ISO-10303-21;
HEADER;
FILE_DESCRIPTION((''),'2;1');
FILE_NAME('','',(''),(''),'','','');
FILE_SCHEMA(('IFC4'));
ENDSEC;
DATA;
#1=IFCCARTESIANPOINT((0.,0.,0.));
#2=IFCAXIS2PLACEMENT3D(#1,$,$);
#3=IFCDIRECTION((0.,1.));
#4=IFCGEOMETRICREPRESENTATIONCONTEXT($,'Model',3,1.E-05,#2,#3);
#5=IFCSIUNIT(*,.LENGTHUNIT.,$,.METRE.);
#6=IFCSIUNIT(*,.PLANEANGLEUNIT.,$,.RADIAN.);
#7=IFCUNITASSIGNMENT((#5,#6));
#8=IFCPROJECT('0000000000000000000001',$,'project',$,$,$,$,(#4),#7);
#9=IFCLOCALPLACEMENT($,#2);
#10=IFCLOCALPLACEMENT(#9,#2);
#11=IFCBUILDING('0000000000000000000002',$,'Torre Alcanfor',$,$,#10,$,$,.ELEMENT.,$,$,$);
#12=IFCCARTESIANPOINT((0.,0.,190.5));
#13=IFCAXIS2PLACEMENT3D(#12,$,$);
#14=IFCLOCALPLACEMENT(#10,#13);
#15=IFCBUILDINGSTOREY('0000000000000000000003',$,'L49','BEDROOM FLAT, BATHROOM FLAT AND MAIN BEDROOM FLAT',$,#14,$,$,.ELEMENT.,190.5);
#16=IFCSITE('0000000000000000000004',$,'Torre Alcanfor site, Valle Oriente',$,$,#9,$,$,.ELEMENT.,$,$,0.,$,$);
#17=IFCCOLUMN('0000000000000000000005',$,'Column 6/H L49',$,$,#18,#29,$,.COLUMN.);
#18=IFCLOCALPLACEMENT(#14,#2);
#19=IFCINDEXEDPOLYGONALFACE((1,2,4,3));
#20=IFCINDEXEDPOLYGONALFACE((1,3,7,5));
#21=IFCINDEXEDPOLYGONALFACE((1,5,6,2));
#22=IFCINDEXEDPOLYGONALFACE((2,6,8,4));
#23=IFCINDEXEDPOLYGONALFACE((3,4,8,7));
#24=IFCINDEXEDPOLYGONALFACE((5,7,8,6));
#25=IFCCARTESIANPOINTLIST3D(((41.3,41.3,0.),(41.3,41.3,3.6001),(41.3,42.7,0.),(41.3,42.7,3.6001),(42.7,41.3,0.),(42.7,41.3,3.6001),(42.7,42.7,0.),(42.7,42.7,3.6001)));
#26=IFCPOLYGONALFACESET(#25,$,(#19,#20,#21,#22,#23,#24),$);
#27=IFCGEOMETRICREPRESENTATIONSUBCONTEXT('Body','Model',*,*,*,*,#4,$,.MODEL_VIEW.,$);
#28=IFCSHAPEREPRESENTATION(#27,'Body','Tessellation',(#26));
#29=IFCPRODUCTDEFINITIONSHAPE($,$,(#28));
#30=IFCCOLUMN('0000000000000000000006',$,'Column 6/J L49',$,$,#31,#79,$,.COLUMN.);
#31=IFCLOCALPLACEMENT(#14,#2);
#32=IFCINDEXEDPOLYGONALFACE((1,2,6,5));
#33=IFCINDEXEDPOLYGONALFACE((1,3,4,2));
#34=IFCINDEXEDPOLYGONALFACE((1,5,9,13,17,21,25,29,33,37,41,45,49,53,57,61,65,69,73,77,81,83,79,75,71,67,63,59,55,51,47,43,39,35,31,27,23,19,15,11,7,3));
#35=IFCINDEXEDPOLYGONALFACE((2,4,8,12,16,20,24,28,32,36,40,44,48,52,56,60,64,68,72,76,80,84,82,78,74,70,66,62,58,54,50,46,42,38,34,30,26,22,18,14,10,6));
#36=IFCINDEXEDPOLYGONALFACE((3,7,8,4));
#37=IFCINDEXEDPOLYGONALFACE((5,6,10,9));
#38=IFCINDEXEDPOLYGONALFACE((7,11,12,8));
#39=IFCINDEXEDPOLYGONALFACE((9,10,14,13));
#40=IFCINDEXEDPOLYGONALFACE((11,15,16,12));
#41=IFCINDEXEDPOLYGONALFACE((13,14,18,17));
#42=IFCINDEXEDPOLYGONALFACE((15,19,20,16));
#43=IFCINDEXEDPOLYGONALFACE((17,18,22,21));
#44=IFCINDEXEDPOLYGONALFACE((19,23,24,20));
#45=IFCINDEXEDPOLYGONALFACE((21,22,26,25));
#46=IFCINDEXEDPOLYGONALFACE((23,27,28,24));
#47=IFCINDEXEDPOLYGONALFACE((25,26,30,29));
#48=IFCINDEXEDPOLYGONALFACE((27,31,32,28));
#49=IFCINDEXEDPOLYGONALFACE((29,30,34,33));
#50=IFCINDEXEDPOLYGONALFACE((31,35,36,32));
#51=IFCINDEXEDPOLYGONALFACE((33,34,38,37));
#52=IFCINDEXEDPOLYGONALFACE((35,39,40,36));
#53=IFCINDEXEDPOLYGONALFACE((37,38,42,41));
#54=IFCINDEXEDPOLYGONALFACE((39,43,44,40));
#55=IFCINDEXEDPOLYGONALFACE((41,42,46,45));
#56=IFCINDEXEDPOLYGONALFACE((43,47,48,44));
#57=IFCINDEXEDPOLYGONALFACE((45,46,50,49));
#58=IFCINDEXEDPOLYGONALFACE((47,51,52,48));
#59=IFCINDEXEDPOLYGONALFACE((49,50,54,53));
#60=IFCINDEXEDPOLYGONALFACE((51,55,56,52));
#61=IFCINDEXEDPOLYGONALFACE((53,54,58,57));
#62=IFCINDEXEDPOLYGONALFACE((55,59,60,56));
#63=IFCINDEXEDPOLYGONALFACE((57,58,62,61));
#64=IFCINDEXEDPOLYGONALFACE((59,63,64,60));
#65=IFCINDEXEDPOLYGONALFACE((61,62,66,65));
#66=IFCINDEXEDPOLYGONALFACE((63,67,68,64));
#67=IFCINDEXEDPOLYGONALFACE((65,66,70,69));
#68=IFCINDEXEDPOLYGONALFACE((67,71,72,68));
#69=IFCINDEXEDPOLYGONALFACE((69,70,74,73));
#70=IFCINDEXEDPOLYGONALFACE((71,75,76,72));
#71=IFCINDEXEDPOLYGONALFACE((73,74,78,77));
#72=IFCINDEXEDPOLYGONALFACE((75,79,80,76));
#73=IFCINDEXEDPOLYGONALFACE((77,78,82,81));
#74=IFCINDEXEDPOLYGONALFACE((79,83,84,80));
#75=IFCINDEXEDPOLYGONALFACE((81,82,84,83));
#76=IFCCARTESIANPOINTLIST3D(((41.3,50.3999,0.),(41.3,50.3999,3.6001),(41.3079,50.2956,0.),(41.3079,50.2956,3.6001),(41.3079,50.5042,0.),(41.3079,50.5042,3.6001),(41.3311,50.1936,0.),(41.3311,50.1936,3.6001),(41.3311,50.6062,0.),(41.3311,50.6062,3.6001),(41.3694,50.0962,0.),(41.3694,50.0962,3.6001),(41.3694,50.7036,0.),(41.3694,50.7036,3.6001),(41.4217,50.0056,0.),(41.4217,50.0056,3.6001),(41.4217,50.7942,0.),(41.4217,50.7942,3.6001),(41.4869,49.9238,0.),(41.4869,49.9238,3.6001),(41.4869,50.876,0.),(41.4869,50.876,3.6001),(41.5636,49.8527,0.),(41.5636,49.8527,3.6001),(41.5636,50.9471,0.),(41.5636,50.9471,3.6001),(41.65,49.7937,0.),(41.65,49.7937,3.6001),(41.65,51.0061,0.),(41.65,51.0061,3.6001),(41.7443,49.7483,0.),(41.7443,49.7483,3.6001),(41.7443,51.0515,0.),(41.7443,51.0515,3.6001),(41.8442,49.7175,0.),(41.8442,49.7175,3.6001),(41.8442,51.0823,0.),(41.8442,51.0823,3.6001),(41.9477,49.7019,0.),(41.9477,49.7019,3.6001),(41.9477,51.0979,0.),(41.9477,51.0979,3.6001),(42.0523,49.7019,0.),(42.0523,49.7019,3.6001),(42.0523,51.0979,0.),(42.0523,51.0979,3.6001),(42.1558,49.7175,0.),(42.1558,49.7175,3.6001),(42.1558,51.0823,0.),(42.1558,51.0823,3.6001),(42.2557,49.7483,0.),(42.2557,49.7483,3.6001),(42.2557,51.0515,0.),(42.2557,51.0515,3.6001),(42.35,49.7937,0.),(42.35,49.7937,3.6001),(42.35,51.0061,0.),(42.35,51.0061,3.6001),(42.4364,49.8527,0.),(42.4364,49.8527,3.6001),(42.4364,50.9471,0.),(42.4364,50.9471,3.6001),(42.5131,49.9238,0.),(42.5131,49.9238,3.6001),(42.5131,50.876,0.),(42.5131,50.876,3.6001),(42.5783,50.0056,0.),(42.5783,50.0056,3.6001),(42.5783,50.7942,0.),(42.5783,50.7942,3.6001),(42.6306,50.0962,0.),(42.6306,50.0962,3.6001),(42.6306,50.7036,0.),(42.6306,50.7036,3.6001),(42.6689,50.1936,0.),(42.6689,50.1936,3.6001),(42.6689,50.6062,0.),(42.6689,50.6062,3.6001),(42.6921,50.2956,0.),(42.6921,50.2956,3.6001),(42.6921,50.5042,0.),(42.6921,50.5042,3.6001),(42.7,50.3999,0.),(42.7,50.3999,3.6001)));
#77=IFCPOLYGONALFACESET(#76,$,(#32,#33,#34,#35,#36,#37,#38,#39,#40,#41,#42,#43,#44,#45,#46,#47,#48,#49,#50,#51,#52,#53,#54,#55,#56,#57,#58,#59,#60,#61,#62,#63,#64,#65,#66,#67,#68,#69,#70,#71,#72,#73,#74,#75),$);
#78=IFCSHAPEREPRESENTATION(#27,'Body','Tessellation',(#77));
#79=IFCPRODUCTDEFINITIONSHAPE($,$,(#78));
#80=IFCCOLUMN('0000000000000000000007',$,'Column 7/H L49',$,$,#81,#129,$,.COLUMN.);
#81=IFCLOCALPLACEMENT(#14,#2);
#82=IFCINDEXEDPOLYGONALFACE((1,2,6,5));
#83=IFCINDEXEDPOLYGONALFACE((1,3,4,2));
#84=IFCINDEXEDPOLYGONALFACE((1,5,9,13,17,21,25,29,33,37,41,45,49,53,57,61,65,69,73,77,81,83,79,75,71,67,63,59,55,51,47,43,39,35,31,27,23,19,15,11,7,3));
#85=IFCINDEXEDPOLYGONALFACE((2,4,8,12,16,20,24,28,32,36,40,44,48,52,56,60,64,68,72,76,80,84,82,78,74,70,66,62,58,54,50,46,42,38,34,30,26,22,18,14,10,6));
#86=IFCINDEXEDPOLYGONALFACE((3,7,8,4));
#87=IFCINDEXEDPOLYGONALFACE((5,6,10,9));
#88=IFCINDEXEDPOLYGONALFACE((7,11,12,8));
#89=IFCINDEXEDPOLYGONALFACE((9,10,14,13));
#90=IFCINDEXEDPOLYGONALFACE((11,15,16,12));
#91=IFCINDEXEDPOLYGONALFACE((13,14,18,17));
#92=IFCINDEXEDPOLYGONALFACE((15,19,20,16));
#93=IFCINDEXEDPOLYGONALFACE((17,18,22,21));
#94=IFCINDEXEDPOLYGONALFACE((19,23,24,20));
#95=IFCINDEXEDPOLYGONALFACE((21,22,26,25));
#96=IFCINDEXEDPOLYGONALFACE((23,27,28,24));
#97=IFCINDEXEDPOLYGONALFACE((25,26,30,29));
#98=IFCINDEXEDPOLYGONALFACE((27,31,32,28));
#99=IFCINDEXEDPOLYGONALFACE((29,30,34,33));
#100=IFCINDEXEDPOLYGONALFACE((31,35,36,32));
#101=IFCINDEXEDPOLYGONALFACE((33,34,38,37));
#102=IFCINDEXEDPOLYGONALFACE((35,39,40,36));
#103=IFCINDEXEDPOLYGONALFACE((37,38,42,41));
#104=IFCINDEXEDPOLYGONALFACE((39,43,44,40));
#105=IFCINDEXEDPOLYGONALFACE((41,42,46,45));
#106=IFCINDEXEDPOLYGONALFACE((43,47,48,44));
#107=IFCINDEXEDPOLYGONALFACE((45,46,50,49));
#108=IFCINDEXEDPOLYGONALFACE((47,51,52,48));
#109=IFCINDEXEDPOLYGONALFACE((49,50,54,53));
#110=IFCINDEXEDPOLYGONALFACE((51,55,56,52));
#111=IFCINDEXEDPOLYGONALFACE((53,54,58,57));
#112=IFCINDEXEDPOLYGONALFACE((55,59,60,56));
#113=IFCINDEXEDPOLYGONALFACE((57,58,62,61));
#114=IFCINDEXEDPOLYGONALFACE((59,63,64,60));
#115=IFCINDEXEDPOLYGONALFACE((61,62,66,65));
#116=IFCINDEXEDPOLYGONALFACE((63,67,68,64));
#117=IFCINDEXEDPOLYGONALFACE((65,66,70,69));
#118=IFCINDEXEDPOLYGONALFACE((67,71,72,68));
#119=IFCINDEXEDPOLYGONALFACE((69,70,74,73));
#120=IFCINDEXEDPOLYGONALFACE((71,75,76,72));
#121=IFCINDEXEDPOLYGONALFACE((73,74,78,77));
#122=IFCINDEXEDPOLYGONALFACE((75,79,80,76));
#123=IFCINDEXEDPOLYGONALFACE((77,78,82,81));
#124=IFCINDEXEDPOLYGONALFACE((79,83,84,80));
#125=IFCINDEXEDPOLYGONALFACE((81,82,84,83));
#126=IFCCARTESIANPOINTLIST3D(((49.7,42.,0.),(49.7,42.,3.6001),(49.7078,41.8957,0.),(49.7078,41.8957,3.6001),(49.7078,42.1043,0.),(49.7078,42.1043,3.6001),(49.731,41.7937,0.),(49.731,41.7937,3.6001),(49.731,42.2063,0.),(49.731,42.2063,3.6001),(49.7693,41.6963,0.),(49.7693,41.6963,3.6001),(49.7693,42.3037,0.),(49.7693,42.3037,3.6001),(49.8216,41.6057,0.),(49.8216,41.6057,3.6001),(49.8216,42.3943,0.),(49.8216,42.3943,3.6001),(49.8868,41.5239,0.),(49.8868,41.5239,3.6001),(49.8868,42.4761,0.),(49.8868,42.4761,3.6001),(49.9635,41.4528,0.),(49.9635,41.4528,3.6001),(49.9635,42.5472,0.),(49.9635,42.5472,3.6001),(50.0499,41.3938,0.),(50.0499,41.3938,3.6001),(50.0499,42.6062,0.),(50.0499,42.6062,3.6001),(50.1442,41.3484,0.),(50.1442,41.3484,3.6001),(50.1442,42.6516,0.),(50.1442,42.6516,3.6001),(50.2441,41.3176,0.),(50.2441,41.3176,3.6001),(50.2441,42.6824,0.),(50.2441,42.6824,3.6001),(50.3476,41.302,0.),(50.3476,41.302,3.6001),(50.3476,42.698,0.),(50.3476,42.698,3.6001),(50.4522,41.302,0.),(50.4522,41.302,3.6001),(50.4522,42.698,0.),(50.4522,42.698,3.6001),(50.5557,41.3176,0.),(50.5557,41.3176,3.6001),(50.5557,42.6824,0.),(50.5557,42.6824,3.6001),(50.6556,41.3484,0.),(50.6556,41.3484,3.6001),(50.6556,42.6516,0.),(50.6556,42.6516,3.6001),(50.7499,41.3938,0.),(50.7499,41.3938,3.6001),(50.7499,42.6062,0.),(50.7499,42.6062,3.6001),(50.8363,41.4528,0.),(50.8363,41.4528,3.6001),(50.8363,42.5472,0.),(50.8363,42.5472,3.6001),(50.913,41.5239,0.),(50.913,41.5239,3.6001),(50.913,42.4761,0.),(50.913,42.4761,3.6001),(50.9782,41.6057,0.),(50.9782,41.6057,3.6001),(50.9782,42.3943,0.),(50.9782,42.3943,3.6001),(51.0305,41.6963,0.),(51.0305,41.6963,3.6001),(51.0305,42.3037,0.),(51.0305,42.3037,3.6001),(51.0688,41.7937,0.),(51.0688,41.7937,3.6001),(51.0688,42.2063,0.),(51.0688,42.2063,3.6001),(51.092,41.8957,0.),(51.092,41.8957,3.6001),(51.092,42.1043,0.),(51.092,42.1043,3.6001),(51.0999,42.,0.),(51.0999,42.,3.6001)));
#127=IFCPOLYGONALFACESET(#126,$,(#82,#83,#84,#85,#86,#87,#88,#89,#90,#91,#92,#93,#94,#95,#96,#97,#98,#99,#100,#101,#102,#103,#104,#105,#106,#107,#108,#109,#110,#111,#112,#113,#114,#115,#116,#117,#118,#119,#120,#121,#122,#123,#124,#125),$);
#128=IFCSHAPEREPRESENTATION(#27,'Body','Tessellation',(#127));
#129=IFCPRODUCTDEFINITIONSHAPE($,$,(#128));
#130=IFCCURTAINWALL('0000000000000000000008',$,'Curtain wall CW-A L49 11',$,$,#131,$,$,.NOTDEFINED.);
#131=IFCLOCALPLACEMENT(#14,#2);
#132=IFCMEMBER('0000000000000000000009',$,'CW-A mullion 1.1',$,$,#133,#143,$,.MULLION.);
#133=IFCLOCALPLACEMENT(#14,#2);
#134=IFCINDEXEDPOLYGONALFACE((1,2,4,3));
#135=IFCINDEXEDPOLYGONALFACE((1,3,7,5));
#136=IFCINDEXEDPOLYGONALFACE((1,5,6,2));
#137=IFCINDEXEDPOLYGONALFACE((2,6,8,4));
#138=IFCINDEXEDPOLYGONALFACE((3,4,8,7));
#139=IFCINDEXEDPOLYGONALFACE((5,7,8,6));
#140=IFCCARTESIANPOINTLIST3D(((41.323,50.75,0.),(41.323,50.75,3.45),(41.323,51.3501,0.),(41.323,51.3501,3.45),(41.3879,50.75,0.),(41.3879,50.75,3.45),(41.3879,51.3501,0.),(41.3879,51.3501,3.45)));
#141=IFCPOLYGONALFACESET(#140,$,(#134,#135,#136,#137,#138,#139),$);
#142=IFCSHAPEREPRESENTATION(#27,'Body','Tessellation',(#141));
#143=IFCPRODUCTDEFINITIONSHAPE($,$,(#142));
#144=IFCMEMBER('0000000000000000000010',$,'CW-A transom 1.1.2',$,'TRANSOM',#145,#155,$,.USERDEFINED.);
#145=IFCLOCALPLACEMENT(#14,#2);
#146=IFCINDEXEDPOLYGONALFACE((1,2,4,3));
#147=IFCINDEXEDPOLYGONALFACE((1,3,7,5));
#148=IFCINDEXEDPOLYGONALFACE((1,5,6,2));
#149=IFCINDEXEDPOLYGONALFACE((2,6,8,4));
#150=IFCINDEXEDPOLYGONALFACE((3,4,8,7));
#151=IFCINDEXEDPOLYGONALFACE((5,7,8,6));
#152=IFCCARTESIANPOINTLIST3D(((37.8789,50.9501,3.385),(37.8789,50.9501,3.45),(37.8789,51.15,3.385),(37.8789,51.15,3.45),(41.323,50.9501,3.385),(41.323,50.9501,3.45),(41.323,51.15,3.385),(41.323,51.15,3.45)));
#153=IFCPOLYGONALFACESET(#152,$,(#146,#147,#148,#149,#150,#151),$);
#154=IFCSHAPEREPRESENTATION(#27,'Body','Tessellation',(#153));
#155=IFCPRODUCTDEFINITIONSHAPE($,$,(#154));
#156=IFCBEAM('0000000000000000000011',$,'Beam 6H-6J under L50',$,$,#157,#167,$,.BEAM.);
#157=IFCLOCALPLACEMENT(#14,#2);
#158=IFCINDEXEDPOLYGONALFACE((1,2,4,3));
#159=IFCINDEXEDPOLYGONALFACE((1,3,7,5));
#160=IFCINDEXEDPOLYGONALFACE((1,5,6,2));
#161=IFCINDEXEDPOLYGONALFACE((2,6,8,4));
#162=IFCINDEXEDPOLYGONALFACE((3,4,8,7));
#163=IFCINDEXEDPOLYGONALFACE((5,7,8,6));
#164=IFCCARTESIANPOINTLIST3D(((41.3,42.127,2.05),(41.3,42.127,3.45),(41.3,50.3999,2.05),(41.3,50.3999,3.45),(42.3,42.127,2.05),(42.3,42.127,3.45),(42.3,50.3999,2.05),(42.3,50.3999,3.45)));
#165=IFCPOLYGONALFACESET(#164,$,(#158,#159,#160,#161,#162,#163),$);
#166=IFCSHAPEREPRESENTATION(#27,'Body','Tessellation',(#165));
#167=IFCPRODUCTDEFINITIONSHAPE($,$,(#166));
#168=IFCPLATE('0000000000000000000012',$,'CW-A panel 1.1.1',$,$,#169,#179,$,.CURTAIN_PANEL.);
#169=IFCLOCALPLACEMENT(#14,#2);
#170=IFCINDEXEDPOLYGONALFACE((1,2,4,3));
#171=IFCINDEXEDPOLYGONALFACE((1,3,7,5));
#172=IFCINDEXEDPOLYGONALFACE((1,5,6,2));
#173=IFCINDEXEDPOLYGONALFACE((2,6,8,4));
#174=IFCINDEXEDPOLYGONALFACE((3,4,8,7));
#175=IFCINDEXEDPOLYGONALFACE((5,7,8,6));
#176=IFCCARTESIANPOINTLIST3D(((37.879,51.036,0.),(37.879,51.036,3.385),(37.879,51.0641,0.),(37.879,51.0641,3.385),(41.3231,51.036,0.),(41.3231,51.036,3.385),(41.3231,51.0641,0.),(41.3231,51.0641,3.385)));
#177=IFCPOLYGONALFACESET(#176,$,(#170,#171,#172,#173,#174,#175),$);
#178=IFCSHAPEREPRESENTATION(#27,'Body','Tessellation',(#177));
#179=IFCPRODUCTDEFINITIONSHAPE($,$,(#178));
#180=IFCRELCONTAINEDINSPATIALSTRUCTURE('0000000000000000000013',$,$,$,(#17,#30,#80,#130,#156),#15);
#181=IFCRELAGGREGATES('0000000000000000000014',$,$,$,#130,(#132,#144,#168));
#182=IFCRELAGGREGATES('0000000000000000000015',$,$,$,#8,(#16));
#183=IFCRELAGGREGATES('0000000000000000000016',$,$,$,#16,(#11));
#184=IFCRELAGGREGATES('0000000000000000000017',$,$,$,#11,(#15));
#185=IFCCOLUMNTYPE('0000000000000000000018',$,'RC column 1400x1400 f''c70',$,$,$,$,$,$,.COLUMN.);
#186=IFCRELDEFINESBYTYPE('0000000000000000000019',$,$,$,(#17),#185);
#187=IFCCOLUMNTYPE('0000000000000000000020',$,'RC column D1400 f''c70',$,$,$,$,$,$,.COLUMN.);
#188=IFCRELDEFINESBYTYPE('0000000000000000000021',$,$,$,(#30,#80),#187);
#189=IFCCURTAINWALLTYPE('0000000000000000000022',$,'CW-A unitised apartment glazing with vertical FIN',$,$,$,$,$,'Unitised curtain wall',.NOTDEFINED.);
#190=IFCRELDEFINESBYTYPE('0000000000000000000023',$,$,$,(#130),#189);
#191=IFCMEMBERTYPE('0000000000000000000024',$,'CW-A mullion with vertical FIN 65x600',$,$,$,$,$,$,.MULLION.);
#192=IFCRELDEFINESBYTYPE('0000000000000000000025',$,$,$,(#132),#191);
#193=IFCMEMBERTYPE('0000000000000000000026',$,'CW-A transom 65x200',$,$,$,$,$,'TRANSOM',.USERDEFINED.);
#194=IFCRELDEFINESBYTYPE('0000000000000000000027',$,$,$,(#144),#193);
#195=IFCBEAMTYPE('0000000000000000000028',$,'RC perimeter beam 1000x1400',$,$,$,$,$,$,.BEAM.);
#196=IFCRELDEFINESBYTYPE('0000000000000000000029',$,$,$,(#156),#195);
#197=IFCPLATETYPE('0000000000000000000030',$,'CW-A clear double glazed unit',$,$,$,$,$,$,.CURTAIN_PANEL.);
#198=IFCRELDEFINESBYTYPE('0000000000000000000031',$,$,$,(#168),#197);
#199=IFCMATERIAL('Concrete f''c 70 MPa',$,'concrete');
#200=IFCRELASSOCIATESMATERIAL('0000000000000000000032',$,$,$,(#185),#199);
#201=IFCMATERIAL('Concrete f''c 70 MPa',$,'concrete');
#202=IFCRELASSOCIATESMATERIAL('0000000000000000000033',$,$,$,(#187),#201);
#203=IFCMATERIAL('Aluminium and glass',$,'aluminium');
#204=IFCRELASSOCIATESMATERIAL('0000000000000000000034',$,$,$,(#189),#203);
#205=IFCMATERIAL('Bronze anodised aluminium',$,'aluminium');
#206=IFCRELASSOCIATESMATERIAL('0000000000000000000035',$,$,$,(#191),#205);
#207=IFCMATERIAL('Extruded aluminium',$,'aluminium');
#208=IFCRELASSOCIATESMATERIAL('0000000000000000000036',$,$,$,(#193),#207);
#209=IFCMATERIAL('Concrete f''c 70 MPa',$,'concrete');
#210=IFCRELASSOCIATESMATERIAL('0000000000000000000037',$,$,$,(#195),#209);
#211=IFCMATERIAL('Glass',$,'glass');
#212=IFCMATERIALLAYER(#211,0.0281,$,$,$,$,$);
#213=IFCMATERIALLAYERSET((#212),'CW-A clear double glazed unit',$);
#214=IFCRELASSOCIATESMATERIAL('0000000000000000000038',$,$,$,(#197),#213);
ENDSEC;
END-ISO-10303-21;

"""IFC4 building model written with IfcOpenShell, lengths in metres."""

from ifc_helpers import new_model, si_unit, direction, frame, origin, origin_2d, place, context, subcontext, project, spatial, rectangle, circle, extrude, material, layer, layer_set, material_profile, profile_set, type_object, element, aggregate, save


model = new_model("IFC4")

# Units and contexts
model_context = context("Model", 3, precision=1e-05, world=origin(), true_north=direction((0.0, 1.0)))
body_context = subcontext(model_context, "Body", "Model", "MODEL_VIEW")
ifc_project = project(units=[si_unit("LENGTHUNIT", "METRE"), si_unit("PLANEANGLEUNIT", "RADIAN")], contexts=[model_context])

# Site, building, storey
site_placement = place(None, origin())
site = spatial("IfcSite", under=ifc_project, at=site_placement, Name="Torre Alcanfor site, Valle Oriente", CompositionType="ELEMENT", RefElevation=0.0)
building_placement = place(site_placement, origin())
building = spatial("IfcBuilding", under=site, at=building_placement, Name="Torre Alcanfor", CompositionType="ELEMENT")
storey_placement = place(building_placement, frame((0.0, 0.0, 190.5)))
storey = spatial("IfcBuildingStorey", under=building, at=storey_placement, Name="L49", Description="BEDROOM FLAT, BATHROOM FLAT AND MAIN BEDROOM FLAT", CompositionType="ELEMENT", Elevation=190.5)

# Columns
ifc_material_1 = material(Name="Concrete f'c 70 MPa", Category="concrete")
ifc_material_profile_1 = material_profile(ifc_material_1, rectangle(XDim=1.3999, YDim=1.3999, at=origin_2d()), Name="1400x1400")
ifc_profile_set_1 = profile_set([ifc_material_profile_1], Name="Concrete f'c 70 MPa")
column_type_1 = type_object("IfcColumnType", Name="RC column 1400x1400 f'c70", PredefinedType="COLUMN", material=ifc_profile_set_1)
column_placement = place(storey_placement, frame((42.0, 42.0, 0.0), z_axis=(0.0, 0.0, 1.0), x_axis=(1.0, 0.0, 0.0)))
element("IfcColumn", 1, at=column_placement, inside=storey, type_object=column_type_1, Name="Column 6/H L49", PredefinedType="COLUMN", context=body_context, shape_type="SweptSolid", body=[
    extrude(rectangle(XDim=1.3999, YDim=1.3999, at=origin_2d()), origin(), (0.0, 0.0, 1.0), 3.6001),
])
ifc_material_2 = material(Name="Concrete f'c 70 MPa", Category="concrete")
ifc_material_profile_2 = material_profile(ifc_material_2, circle(Radius=0.7, at=origin_2d()), Name="D1400")
ifc_profile_set_2 = profile_set([ifc_material_profile_2], Name="Concrete f'c 70 MPa")
column_type_2 = type_object("IfcColumnType", Name="RC column D1400 f'c70", PredefinedType="COLUMN", material=ifc_profile_set_2)
for number, where, z_axis, x_axis, name in (
    (2, (42.0, 50.3999, 0.0), (0.0, 0.0, 1.0), (1.0, 0.0, 0.0), "Column 6/J L49"),
    (3, (50.3999, 42.0, 0.0), (0.0, 0.0, 1.0), (1.0, 0.0, 0.0), "Column 7/H L49"),
):
    element("IfcColumn", number, at=place(storey_placement, frame(where, z_axis=z_axis, x_axis=x_axis)), inside=storey, type_object=column_type_2, Name=name, PredefinedType="COLUMN", context=body_context, shape_type="SweptSolid", body=[
        extrude(circle(Radius=0.7, at=origin_2d()), origin(), (0.0, 0.0, 1.0), 3.6001),
    ])

# Curtain wall, members
ifc_material_3 = material(Name="Aluminium and glass", Category="aluminium")
curtain_wall_type = type_object("IfcCurtainWallType", Name="CW-A unitised apartment glazing with vertical FIN", ElementType="Unitised curtain wall", PredefinedType="NOTDEFINED", material=ifc_material_3)
curtain_wall_placement = place(storey_placement, origin())
curtain_wall = element("IfcCurtainWall", 4, at=curtain_wall_placement, inside=storey, type_object=curtain_wall_type, Name="Curtain wall CW-A L49 11", PredefinedType="NOTDEFINED")
ifc_material_4 = material(Name="Bronze anodised aluminium", Category="aluminium")
ifc_material_profile_3 = material_profile(ifc_material_4, rectangle(XDim=0.6001, YDim=0.0649, at=origin_2d()), Name="CW-A mullion 65x600")
ifc_profile_set_3 = profile_set([ifc_material_profile_3], Name="Bronze anodised aluminium")
member_type_1 = type_object("IfcMemberType", Name="CW-A mullion with vertical FIN 65x600", PredefinedType="MULLION", material=ifc_profile_set_3)
member_1_placement = place(storey_placement, frame((41.3555, 51.05, 0.0), z_axis=(0.0, 0.0, 1.0), x_axis=(0.0, -1.0, 0.0)))
member_1 = element("IfcMember", 5, at=member_1_placement, type_object=member_type_1, Name="CW-A mullion 1.1", PredefinedType="MULLION", context=body_context, shape_type="SweptSolid", body=[
    extrude(rectangle(XDim=0.6001, YDim=0.0649, at=origin_2d()), origin(), (0.0, 0.0, 1.0), 3.45),
])
ifc_material_5 = material(Name="Extruded aluminium", Category="aluminium")
ifc_material_profile_4 = material_profile(ifc_material_5, rectangle(XDim=0.2, YDim=0.0649, at=origin_2d()), Name="CW-A transom 200x65")
ifc_profile_set_4 = profile_set([ifc_material_profile_4], Name="Extruded aluminium")
member_type_2 = type_object("IfcMemberType", Name="CW-A transom 65x200", ElementType="TRANSOM", PredefinedType="USERDEFINED", material=ifc_profile_set_4)
member_2_placement = place(storey_placement, frame((41.323, 51.05, 3.4175), z_axis=(-1.0, 0.0, 0.0), x_axis=(0.0, -1.0, 0.0)))
member_2 = element("IfcMember", 6, at=member_2_placement, type_object=member_type_2, Name="CW-A transom 1.1.2", ObjectType="TRANSOM", PredefinedType="USERDEFINED", context=body_context, shape_type="SweptSolid", body=[
    extrude(rectangle(XDim=0.2, YDim=0.0649, at=origin_2d()), origin(), (0.0, 0.0, 1.0), 3.4441),
])

# Beam
ifc_material_6 = material(Name="Concrete f'c 70 MPa", Category="concrete")
ifc_material_profile_5 = material_profile(ifc_material_6, rectangle(XDim=1.0, YDim=1.3999, at=origin_2d()), Name="1000x1400")
ifc_profile_set_5 = profile_set([ifc_material_profile_5], Name="Concrete f'c 70 MPa")
beam_type = type_object("IfcBeamType", Name="RC perimeter beam 1000x1400", PredefinedType="BEAM", material=ifc_profile_set_5)
beam_placement = place(storey_placement, frame((41.8, 42.127, 2.75), z_axis=(0.0, 1.0, 0.0), x_axis=(-1.0, 0.0, 0.0)))
element("IfcBeam", 7, at=beam_placement, inside=storey, type_object=beam_type, Name="Beam 6H-6J under L50", PredefinedType="BEAM", context=body_context, shape_type="SweptSolid", body=[
    extrude(rectangle(XDim=1.0, YDim=1.3999, at=origin_2d()), origin(), (0.0, 0.0, 1.0), 8.2729),
])

# Plate
ifc_material_7 = material(Name="Glass", Category="glass")
ifc_layer_1 = layer(ifc_material_7, 0.0281)
ifc_layer_set_1 = layer_set([ifc_layer_1], Name="CW-A clear double glazed unit")
plate_type = type_object("IfcPlateType", Name="CW-A clear double glazed unit", PredefinedType="CURTAIN_PANEL", material=ifc_layer_set_1)
plate_placement = place(storey_placement, frame((39.6011, 51.05, 0.0), z_axis=(0.0, 0.0, 1.0), x_axis=(-1.0, 0.0, 0.0)))
plate = element("IfcPlate", 8, at=plate_placement, type_object=plate_type, Name="CW-A panel 1.1.1", PredefinedType="CURTAIN_PANEL", context=body_context, shape_type="SweptSolid", body=[
    extrude(rectangle(XDim=3.4441, YDim=0.0281, at=origin_2d()), origin(), (0.0, 0.0, 1.0), 3.385),
])
aggregate(curtain_wall, [member_1, member_2, plate])

save(model, "model.ifc")
